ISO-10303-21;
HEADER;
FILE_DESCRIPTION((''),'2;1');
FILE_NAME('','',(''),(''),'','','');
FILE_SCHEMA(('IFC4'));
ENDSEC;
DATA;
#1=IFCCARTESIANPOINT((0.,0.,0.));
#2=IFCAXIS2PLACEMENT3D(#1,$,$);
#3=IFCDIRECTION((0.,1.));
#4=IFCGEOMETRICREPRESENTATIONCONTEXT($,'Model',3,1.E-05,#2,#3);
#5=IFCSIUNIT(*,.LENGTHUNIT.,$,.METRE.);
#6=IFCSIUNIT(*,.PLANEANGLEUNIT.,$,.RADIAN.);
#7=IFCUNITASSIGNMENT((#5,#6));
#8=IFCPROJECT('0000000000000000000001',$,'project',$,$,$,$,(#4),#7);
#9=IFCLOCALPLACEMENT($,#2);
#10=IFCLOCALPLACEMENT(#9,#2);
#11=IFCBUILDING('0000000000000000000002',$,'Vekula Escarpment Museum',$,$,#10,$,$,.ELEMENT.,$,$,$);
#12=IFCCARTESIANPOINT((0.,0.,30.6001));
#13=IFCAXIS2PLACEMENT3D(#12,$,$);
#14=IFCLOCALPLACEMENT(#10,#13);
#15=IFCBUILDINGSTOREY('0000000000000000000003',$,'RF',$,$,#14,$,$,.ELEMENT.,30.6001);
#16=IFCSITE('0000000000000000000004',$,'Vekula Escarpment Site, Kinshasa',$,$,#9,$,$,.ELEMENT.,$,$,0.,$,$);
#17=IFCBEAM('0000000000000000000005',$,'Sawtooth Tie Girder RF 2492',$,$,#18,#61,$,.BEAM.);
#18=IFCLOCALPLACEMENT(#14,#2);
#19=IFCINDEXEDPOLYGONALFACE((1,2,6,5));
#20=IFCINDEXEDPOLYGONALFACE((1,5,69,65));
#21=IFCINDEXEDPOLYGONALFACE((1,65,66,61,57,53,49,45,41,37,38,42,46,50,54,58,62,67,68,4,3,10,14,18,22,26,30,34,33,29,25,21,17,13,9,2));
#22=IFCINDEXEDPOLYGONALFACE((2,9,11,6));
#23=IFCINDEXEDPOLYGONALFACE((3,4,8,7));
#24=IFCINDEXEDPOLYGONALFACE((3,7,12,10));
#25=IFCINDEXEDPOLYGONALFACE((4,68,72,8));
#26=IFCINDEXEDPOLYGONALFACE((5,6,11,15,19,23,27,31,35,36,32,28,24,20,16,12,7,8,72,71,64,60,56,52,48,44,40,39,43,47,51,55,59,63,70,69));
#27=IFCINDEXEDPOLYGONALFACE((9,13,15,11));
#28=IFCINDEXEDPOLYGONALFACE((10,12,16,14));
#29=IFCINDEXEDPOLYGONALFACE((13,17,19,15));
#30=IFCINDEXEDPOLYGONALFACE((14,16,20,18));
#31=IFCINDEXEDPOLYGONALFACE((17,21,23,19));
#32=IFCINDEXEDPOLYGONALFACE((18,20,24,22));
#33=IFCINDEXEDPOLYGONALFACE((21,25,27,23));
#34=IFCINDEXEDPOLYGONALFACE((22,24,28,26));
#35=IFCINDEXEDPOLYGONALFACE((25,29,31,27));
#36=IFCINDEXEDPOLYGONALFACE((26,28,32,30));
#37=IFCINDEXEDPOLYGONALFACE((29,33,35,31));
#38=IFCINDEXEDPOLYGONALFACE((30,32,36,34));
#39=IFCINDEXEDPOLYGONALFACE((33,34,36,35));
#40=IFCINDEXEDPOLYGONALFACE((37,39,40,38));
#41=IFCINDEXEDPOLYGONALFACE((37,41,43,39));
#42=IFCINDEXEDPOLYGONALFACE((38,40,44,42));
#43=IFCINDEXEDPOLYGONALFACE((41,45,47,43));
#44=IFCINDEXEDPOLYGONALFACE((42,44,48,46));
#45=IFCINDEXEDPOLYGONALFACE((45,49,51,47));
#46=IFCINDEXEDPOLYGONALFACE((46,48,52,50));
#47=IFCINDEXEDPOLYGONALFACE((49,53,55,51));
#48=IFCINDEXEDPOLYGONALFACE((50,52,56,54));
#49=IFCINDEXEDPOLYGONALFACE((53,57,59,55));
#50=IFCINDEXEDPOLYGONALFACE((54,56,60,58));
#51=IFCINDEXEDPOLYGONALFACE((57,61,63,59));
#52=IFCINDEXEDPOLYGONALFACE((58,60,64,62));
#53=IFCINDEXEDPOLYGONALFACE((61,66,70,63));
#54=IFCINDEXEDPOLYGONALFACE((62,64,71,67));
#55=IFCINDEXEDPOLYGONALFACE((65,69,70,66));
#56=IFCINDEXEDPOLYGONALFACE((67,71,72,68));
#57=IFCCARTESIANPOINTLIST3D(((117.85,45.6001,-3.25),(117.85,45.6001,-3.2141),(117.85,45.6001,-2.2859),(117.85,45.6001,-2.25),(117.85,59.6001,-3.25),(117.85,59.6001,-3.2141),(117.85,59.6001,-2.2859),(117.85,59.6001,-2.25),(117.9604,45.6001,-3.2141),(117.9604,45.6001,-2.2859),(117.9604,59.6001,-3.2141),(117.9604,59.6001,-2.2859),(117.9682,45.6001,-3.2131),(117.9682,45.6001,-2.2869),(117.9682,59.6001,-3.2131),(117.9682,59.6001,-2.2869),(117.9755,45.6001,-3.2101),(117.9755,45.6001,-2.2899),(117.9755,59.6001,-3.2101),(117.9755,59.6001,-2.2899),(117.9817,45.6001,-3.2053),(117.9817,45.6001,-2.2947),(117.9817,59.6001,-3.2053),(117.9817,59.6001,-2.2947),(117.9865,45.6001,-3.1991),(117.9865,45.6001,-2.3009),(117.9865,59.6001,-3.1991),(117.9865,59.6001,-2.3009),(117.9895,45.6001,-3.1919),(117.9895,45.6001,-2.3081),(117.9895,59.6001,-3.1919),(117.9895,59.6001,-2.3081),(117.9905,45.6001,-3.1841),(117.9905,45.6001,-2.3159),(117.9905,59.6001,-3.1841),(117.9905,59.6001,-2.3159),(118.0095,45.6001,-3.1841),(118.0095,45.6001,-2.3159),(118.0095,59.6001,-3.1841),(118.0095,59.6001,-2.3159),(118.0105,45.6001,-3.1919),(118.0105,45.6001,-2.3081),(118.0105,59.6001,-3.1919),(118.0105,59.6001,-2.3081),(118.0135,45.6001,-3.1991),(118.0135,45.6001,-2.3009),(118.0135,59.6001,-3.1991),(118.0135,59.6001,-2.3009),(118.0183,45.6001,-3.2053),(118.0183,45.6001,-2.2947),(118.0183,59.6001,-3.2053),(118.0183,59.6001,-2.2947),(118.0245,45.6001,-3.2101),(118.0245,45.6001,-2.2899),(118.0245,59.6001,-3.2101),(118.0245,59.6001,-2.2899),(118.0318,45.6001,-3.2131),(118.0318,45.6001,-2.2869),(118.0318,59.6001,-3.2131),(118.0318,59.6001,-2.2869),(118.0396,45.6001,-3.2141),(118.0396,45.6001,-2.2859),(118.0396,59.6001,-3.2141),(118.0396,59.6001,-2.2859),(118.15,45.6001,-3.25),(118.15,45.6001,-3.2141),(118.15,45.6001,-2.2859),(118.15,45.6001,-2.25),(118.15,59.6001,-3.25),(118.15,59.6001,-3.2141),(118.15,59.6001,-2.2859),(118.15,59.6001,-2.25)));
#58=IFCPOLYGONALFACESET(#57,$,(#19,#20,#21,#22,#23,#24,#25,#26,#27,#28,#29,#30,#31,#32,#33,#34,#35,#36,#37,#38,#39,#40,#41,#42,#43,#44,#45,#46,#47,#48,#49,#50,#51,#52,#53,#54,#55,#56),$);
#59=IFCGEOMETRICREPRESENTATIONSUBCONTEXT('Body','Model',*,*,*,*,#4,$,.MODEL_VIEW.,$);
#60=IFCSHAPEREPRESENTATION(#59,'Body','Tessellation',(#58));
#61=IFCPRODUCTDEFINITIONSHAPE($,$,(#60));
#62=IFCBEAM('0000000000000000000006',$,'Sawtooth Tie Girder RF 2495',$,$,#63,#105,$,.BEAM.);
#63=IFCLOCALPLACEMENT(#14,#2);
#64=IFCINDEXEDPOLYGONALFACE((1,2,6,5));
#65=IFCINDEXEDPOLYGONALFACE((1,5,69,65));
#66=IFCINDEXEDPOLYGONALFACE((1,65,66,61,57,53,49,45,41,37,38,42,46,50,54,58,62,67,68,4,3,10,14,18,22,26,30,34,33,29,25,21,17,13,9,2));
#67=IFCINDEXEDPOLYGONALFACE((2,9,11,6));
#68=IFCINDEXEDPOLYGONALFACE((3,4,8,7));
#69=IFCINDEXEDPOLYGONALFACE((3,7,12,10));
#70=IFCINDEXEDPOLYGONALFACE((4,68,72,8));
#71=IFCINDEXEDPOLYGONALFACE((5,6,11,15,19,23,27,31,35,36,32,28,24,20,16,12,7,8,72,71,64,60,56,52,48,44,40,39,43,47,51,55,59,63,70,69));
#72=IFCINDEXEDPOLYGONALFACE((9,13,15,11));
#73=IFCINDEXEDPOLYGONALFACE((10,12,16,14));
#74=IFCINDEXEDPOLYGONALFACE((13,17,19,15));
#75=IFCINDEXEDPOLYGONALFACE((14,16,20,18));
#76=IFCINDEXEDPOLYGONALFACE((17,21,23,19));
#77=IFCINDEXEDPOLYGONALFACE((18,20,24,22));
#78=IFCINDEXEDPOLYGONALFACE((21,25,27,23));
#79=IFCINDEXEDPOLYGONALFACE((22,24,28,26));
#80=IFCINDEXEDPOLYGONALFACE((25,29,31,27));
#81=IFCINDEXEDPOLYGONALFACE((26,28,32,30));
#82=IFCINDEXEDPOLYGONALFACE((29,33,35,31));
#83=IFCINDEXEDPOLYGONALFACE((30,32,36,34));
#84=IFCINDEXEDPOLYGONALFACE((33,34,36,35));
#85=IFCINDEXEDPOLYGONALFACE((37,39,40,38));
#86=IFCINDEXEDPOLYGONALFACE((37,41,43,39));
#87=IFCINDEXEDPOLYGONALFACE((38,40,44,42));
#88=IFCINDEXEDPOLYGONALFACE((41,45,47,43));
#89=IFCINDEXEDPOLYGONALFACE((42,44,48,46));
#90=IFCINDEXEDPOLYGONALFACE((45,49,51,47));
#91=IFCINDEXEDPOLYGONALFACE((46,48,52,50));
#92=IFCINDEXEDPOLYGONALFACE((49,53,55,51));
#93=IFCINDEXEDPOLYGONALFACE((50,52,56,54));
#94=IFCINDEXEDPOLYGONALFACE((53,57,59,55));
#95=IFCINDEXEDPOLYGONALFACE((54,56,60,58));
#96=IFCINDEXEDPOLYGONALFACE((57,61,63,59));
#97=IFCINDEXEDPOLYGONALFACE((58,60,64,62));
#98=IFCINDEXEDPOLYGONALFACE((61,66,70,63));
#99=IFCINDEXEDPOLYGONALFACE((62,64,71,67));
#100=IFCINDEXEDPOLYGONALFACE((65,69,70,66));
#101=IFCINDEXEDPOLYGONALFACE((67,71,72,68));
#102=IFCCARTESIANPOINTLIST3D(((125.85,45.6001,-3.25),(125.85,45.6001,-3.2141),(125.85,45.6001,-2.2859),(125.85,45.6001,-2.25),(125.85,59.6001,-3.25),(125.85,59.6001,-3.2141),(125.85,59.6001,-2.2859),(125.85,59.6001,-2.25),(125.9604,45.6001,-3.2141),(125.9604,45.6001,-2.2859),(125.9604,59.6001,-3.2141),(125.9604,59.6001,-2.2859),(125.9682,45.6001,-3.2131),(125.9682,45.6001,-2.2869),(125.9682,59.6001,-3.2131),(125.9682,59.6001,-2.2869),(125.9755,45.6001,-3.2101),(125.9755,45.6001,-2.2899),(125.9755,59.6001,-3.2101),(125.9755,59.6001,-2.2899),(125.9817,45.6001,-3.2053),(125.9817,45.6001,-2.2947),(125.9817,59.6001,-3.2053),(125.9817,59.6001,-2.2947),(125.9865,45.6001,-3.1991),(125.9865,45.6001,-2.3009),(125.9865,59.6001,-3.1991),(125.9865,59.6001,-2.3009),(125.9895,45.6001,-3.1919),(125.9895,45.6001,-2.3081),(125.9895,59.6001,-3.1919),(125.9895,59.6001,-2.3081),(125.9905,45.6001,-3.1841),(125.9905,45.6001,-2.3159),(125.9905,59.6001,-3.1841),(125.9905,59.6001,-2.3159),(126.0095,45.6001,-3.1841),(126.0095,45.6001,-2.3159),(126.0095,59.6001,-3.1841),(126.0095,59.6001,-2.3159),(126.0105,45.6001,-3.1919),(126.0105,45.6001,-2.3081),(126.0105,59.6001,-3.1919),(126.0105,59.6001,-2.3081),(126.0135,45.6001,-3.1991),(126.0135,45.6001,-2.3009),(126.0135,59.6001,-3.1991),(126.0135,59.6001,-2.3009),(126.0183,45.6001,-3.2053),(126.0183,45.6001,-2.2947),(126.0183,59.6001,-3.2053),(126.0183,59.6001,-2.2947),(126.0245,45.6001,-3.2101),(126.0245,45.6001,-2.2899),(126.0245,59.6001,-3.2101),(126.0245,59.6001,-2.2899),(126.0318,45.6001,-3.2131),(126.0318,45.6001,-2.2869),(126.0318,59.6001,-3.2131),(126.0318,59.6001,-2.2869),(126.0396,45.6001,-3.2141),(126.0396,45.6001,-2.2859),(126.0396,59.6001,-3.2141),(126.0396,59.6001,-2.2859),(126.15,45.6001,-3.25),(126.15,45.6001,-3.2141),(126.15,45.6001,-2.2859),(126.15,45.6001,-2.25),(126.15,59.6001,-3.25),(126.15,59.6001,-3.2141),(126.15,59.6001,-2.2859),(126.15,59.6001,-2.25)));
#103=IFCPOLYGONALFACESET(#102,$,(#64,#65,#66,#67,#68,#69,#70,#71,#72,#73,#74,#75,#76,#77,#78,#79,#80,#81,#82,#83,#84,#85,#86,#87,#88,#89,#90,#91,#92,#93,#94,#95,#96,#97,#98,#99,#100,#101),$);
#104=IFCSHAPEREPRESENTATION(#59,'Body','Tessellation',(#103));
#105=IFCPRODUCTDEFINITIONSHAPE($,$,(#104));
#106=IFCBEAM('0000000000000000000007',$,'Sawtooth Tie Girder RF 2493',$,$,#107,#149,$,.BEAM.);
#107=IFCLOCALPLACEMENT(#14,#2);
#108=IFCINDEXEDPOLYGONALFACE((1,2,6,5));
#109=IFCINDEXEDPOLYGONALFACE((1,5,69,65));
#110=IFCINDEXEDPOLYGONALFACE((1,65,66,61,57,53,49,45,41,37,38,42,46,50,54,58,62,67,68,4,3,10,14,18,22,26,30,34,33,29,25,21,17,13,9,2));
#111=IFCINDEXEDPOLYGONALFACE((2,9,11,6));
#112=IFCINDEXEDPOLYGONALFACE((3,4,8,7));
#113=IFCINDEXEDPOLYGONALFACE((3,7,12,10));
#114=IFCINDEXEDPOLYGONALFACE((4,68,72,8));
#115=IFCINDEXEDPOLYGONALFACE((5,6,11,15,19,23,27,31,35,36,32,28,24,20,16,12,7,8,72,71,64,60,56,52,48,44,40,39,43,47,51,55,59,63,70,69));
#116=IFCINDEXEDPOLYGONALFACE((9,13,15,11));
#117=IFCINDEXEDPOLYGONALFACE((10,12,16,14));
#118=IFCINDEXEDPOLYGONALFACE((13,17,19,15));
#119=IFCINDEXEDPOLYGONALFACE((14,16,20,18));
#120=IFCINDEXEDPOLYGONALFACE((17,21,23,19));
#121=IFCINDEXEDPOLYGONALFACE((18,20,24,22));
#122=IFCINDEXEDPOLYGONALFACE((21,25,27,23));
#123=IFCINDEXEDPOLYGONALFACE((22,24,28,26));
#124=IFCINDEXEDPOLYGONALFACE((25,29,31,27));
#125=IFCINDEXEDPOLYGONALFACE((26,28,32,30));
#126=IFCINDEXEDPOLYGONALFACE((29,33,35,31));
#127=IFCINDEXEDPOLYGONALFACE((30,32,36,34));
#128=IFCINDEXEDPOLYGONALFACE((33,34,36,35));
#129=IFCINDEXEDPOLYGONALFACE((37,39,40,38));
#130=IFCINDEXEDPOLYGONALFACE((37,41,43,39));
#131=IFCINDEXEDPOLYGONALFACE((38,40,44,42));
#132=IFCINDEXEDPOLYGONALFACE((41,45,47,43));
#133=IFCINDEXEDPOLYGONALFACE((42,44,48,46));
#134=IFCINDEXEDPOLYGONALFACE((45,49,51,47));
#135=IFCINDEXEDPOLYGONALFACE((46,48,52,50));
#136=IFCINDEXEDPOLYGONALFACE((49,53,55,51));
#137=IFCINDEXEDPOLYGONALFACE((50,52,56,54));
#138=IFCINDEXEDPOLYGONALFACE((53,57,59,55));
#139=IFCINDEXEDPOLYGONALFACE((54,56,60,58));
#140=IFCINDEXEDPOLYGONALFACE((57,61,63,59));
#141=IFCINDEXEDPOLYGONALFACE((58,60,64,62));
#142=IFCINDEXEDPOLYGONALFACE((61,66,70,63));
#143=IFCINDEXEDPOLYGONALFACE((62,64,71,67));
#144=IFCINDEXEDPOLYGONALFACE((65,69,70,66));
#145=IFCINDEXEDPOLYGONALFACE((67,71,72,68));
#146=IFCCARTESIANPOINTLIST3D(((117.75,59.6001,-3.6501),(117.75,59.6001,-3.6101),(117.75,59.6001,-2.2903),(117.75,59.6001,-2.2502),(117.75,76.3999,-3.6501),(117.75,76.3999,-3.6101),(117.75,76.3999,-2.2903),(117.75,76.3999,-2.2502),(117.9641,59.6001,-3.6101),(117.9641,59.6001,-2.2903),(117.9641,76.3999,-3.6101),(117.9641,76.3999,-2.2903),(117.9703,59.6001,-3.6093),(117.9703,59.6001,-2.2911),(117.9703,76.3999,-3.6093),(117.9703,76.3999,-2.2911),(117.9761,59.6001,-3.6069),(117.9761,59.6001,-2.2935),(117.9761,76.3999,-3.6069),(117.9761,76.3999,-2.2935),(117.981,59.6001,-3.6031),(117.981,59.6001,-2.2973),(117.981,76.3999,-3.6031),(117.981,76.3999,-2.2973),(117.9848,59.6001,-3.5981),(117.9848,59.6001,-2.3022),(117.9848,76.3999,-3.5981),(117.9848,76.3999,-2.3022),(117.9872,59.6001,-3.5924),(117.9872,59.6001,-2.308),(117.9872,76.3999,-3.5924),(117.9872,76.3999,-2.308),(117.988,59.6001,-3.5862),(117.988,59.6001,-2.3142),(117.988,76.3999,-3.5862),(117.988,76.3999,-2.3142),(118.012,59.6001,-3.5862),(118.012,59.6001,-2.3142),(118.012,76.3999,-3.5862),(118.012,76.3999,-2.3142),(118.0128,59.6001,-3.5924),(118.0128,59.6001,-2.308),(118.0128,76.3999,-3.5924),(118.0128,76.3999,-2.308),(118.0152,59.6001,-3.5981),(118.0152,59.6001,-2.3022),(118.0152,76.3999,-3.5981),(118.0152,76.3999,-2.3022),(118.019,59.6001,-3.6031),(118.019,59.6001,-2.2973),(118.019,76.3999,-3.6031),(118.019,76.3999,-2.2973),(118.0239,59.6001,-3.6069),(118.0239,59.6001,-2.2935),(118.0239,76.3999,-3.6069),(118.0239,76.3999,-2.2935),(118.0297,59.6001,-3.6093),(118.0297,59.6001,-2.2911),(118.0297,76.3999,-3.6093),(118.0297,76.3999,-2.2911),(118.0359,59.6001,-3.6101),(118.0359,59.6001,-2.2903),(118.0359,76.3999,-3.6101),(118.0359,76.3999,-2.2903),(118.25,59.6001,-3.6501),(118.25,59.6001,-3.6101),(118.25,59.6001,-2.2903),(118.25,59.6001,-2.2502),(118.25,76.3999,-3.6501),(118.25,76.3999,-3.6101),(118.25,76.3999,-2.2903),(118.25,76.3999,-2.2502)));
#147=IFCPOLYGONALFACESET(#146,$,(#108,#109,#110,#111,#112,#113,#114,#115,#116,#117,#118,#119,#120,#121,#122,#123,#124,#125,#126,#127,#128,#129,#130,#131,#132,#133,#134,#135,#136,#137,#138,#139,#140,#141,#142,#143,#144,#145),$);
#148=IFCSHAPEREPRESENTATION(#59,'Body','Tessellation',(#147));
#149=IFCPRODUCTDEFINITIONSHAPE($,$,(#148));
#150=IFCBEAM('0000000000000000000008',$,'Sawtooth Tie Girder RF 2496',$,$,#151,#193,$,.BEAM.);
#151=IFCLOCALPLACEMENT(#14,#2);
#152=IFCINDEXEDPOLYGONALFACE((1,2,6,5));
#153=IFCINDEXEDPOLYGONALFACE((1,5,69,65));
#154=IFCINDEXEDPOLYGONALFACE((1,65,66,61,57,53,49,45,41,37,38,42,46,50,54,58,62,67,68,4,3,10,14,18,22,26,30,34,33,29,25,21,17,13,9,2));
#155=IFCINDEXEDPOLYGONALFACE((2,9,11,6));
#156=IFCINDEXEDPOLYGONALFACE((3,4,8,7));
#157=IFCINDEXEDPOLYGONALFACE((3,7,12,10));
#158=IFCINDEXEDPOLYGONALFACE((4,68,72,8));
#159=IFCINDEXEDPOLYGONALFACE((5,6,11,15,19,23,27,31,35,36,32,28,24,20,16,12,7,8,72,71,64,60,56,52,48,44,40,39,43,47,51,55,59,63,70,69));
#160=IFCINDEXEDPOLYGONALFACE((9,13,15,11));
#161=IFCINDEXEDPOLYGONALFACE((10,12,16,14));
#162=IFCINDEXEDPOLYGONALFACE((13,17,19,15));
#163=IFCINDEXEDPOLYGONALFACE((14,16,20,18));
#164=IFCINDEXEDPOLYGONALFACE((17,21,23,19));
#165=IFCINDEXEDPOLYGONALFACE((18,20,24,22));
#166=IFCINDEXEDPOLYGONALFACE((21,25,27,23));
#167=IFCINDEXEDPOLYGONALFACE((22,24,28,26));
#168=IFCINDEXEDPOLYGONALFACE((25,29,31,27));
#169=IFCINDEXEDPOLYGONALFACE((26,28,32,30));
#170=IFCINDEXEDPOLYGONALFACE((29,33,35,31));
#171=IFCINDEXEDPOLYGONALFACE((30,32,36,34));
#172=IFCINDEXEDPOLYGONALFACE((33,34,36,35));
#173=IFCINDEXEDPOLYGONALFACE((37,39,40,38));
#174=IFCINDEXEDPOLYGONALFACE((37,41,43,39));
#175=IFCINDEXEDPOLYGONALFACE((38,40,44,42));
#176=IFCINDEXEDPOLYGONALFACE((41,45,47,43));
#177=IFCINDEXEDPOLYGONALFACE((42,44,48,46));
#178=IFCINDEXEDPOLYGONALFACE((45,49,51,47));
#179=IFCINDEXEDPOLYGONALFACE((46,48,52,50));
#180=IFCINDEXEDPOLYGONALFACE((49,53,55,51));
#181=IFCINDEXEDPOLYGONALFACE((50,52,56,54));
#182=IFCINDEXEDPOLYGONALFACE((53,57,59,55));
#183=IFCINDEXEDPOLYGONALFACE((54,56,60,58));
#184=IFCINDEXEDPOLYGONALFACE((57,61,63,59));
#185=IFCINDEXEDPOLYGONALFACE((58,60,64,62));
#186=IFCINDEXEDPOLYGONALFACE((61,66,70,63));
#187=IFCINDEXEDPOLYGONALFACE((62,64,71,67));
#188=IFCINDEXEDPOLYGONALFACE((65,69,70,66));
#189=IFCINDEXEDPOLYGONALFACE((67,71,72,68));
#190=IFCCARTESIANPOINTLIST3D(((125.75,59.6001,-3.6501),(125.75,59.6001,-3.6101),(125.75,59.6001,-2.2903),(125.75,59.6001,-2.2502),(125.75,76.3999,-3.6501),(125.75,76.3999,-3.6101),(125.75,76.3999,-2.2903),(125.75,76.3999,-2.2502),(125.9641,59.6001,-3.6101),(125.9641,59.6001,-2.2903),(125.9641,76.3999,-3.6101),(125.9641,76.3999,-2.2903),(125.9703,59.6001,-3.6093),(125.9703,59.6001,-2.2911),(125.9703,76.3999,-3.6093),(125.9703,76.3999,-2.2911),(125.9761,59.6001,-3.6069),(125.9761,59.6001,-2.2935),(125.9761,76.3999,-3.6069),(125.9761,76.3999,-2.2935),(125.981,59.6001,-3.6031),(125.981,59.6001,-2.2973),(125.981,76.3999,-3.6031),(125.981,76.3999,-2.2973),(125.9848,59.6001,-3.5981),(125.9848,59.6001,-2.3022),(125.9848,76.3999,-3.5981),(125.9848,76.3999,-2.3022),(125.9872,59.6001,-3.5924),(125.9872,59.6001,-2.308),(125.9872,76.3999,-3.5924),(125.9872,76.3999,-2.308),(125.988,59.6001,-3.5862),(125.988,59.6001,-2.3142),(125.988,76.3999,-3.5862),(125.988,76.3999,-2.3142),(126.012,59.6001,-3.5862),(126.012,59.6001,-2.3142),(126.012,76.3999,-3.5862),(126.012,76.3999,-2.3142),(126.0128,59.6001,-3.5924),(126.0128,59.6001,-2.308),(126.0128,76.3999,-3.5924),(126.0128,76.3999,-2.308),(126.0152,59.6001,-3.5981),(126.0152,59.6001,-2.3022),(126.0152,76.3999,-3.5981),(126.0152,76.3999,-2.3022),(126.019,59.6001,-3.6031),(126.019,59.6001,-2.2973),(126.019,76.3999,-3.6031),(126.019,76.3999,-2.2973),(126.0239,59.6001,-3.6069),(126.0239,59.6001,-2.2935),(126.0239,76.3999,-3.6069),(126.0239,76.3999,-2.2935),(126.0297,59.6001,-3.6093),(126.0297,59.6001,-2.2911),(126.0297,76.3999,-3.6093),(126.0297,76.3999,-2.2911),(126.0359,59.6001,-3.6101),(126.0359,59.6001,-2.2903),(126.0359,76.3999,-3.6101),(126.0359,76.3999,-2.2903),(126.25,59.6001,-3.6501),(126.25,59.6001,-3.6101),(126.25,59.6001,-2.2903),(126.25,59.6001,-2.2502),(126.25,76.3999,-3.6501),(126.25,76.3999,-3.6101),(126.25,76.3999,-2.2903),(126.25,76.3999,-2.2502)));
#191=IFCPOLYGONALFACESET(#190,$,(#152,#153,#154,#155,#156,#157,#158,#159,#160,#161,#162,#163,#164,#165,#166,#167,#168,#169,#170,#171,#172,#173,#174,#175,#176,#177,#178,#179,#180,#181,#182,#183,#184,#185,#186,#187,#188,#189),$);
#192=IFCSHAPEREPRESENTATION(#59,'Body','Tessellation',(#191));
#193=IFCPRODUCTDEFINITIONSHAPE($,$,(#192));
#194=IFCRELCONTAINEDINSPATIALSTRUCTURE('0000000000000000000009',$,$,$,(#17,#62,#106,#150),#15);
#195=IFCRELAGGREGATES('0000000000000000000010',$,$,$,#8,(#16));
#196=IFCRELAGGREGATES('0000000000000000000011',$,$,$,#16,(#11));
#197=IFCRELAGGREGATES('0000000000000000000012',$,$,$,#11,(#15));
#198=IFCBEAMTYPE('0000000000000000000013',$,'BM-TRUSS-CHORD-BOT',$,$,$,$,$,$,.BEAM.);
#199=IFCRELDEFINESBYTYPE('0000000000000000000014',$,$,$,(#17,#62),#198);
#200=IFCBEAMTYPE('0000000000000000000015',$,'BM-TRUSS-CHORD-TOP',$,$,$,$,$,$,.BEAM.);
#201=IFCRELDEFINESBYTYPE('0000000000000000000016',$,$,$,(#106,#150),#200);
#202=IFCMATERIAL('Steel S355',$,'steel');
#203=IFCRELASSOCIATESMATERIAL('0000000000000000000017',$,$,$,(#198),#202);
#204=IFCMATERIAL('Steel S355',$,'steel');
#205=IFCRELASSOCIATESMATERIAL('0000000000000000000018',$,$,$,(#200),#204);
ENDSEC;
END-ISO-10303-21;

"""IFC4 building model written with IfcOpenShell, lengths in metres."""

from ifc_helpers import new_model, si_unit, direction, frame, origin, origin_2d, place, context, subcontext, project, spatial, i_section, extrude, material, material_profile, profile_set, type_object, element, save


model = new_model("IFC4")

# Units and contexts
model_context = context("Model", 3, precision=1e-05, world=origin(), true_north=direction((0.0, 1.0)))
body_context = subcontext(model_context, "Body", "Model", "MODEL_VIEW")
ifc_project = project(units=[si_unit("LENGTHUNIT", "METRE"), si_unit("PLANEANGLEUNIT", "RADIAN")], contexts=[model_context])

# Site, building, storey
site_placement = place(None, origin())
site = spatial("IfcSite", under=ifc_project, at=site_placement, Name="Vekula Escarpment Site, Kinshasa", CompositionType="ELEMENT", RefElevation=0.0)
building_placement = place(site_placement, origin())
building = spatial("IfcBuilding", under=site, at=building_placement, Name="Vekula Escarpment Museum", CompositionType="ELEMENT")
storey_placement = place(building_placement, frame((0.0, 0.0, 30.6001)))
storey = spatial("IfcBuildingStorey", under=building, at=storey_placement, Name="RF", CompositionType="ELEMENT", Elevation=30.6001)

# Beams
ifc_material_1 = material(Name="Steel S355", Category="steel")
ifc_material_profile_1 = material_profile(ifc_material_1, i_section(OverallWidth=0.3, OverallDepth=1.0, WebThickness=0.019, FlangeThickness=0.0359, FilletRadius=0.03, at=origin_2d()), Name="HEB 1000")
ifc_profile_set_1 = profile_set([ifc_material_profile_1], Name="Steel S355")
beam_type_1 = type_object("IfcBeamType", Name="BM-TRUSS-CHORD-BOT", PredefinedType="BEAM", material=ifc_profile_set_1)
for number, where, z_axis, x_axis, name in (
    (1, (118.0, 45.6001, -2.75), (0.0, 1.0, 0.0), (-1.0, 0.0, 0.0), "Sawtooth Tie Girder RF 2492"),
    (2, (126.0, 45.6001, -2.75), (0.0, 1.0, 0.0), (-1.0, 0.0, 0.0), "Sawtooth Tie Girder RF 2495"),
):
    element("IfcBeam", number, at=place(storey_placement, frame(where, z_axis=z_axis, x_axis=x_axis)), inside=storey, type_object=beam_type_1, Name=name, PredefinedType="BEAM", context=body_context, shape_type="SweptSolid", body=[
        extrude(i_section(OverallWidth=0.3, OverallDepth=1.0, WebThickness=0.019, FlangeThickness=0.0359, FilletRadius=0.03, at=origin_2d()), origin(), (0.0, 0.0, 1.0), 14.0),
    ])
ifc_material_2 = material(Name="Steel S355", Category="steel")
ifc_material_profile_2 = material_profile(ifc_material_2, i_section(OverallWidth=0.5, OverallDepth=1.3999, WebThickness=0.0239, FlangeThickness=0.04, FilletRadius=0.0239, at=origin_2d()), Name="WPG 1400x500")
ifc_profile_set_2 = profile_set([ifc_material_profile_2], Name="Steel S355")
beam_type_2 = type_object("IfcBeamType", Name="BM-TRUSS-CHORD-TOP", PredefinedType="BEAM", material=ifc_profile_set_2)
for number, where, z_axis, x_axis, name in (
    (3, (118.0, 59.6001, -2.9502), (0.0, 1.0, 0.0), (-1.0, 0.0, 0.0), "Sawtooth Tie Girder RF 2493"),
    (4, (126.0, 59.6001, -2.9502), (0.0, 1.0, 0.0), (-1.0, 0.0, 0.0), "Sawtooth Tie Girder RF 2496"),
):
    element("IfcBeam", number, at=place(storey_placement, frame(where, z_axis=z_axis, x_axis=x_axis)), inside=storey, type_object=beam_type_2, Name=name, PredefinedType="BEAM", context=body_context, shape_type="SweptSolid", body=[
        extrude(i_section(OverallWidth=0.5, OverallDepth=1.3999, WebThickness=0.0239, FlangeThickness=0.04, FilletRadius=0.0239, at=origin_2d()), origin(), (0.0, 0.0, 1.0), 16.7998),
    ])

save(model, "model.ifc")
